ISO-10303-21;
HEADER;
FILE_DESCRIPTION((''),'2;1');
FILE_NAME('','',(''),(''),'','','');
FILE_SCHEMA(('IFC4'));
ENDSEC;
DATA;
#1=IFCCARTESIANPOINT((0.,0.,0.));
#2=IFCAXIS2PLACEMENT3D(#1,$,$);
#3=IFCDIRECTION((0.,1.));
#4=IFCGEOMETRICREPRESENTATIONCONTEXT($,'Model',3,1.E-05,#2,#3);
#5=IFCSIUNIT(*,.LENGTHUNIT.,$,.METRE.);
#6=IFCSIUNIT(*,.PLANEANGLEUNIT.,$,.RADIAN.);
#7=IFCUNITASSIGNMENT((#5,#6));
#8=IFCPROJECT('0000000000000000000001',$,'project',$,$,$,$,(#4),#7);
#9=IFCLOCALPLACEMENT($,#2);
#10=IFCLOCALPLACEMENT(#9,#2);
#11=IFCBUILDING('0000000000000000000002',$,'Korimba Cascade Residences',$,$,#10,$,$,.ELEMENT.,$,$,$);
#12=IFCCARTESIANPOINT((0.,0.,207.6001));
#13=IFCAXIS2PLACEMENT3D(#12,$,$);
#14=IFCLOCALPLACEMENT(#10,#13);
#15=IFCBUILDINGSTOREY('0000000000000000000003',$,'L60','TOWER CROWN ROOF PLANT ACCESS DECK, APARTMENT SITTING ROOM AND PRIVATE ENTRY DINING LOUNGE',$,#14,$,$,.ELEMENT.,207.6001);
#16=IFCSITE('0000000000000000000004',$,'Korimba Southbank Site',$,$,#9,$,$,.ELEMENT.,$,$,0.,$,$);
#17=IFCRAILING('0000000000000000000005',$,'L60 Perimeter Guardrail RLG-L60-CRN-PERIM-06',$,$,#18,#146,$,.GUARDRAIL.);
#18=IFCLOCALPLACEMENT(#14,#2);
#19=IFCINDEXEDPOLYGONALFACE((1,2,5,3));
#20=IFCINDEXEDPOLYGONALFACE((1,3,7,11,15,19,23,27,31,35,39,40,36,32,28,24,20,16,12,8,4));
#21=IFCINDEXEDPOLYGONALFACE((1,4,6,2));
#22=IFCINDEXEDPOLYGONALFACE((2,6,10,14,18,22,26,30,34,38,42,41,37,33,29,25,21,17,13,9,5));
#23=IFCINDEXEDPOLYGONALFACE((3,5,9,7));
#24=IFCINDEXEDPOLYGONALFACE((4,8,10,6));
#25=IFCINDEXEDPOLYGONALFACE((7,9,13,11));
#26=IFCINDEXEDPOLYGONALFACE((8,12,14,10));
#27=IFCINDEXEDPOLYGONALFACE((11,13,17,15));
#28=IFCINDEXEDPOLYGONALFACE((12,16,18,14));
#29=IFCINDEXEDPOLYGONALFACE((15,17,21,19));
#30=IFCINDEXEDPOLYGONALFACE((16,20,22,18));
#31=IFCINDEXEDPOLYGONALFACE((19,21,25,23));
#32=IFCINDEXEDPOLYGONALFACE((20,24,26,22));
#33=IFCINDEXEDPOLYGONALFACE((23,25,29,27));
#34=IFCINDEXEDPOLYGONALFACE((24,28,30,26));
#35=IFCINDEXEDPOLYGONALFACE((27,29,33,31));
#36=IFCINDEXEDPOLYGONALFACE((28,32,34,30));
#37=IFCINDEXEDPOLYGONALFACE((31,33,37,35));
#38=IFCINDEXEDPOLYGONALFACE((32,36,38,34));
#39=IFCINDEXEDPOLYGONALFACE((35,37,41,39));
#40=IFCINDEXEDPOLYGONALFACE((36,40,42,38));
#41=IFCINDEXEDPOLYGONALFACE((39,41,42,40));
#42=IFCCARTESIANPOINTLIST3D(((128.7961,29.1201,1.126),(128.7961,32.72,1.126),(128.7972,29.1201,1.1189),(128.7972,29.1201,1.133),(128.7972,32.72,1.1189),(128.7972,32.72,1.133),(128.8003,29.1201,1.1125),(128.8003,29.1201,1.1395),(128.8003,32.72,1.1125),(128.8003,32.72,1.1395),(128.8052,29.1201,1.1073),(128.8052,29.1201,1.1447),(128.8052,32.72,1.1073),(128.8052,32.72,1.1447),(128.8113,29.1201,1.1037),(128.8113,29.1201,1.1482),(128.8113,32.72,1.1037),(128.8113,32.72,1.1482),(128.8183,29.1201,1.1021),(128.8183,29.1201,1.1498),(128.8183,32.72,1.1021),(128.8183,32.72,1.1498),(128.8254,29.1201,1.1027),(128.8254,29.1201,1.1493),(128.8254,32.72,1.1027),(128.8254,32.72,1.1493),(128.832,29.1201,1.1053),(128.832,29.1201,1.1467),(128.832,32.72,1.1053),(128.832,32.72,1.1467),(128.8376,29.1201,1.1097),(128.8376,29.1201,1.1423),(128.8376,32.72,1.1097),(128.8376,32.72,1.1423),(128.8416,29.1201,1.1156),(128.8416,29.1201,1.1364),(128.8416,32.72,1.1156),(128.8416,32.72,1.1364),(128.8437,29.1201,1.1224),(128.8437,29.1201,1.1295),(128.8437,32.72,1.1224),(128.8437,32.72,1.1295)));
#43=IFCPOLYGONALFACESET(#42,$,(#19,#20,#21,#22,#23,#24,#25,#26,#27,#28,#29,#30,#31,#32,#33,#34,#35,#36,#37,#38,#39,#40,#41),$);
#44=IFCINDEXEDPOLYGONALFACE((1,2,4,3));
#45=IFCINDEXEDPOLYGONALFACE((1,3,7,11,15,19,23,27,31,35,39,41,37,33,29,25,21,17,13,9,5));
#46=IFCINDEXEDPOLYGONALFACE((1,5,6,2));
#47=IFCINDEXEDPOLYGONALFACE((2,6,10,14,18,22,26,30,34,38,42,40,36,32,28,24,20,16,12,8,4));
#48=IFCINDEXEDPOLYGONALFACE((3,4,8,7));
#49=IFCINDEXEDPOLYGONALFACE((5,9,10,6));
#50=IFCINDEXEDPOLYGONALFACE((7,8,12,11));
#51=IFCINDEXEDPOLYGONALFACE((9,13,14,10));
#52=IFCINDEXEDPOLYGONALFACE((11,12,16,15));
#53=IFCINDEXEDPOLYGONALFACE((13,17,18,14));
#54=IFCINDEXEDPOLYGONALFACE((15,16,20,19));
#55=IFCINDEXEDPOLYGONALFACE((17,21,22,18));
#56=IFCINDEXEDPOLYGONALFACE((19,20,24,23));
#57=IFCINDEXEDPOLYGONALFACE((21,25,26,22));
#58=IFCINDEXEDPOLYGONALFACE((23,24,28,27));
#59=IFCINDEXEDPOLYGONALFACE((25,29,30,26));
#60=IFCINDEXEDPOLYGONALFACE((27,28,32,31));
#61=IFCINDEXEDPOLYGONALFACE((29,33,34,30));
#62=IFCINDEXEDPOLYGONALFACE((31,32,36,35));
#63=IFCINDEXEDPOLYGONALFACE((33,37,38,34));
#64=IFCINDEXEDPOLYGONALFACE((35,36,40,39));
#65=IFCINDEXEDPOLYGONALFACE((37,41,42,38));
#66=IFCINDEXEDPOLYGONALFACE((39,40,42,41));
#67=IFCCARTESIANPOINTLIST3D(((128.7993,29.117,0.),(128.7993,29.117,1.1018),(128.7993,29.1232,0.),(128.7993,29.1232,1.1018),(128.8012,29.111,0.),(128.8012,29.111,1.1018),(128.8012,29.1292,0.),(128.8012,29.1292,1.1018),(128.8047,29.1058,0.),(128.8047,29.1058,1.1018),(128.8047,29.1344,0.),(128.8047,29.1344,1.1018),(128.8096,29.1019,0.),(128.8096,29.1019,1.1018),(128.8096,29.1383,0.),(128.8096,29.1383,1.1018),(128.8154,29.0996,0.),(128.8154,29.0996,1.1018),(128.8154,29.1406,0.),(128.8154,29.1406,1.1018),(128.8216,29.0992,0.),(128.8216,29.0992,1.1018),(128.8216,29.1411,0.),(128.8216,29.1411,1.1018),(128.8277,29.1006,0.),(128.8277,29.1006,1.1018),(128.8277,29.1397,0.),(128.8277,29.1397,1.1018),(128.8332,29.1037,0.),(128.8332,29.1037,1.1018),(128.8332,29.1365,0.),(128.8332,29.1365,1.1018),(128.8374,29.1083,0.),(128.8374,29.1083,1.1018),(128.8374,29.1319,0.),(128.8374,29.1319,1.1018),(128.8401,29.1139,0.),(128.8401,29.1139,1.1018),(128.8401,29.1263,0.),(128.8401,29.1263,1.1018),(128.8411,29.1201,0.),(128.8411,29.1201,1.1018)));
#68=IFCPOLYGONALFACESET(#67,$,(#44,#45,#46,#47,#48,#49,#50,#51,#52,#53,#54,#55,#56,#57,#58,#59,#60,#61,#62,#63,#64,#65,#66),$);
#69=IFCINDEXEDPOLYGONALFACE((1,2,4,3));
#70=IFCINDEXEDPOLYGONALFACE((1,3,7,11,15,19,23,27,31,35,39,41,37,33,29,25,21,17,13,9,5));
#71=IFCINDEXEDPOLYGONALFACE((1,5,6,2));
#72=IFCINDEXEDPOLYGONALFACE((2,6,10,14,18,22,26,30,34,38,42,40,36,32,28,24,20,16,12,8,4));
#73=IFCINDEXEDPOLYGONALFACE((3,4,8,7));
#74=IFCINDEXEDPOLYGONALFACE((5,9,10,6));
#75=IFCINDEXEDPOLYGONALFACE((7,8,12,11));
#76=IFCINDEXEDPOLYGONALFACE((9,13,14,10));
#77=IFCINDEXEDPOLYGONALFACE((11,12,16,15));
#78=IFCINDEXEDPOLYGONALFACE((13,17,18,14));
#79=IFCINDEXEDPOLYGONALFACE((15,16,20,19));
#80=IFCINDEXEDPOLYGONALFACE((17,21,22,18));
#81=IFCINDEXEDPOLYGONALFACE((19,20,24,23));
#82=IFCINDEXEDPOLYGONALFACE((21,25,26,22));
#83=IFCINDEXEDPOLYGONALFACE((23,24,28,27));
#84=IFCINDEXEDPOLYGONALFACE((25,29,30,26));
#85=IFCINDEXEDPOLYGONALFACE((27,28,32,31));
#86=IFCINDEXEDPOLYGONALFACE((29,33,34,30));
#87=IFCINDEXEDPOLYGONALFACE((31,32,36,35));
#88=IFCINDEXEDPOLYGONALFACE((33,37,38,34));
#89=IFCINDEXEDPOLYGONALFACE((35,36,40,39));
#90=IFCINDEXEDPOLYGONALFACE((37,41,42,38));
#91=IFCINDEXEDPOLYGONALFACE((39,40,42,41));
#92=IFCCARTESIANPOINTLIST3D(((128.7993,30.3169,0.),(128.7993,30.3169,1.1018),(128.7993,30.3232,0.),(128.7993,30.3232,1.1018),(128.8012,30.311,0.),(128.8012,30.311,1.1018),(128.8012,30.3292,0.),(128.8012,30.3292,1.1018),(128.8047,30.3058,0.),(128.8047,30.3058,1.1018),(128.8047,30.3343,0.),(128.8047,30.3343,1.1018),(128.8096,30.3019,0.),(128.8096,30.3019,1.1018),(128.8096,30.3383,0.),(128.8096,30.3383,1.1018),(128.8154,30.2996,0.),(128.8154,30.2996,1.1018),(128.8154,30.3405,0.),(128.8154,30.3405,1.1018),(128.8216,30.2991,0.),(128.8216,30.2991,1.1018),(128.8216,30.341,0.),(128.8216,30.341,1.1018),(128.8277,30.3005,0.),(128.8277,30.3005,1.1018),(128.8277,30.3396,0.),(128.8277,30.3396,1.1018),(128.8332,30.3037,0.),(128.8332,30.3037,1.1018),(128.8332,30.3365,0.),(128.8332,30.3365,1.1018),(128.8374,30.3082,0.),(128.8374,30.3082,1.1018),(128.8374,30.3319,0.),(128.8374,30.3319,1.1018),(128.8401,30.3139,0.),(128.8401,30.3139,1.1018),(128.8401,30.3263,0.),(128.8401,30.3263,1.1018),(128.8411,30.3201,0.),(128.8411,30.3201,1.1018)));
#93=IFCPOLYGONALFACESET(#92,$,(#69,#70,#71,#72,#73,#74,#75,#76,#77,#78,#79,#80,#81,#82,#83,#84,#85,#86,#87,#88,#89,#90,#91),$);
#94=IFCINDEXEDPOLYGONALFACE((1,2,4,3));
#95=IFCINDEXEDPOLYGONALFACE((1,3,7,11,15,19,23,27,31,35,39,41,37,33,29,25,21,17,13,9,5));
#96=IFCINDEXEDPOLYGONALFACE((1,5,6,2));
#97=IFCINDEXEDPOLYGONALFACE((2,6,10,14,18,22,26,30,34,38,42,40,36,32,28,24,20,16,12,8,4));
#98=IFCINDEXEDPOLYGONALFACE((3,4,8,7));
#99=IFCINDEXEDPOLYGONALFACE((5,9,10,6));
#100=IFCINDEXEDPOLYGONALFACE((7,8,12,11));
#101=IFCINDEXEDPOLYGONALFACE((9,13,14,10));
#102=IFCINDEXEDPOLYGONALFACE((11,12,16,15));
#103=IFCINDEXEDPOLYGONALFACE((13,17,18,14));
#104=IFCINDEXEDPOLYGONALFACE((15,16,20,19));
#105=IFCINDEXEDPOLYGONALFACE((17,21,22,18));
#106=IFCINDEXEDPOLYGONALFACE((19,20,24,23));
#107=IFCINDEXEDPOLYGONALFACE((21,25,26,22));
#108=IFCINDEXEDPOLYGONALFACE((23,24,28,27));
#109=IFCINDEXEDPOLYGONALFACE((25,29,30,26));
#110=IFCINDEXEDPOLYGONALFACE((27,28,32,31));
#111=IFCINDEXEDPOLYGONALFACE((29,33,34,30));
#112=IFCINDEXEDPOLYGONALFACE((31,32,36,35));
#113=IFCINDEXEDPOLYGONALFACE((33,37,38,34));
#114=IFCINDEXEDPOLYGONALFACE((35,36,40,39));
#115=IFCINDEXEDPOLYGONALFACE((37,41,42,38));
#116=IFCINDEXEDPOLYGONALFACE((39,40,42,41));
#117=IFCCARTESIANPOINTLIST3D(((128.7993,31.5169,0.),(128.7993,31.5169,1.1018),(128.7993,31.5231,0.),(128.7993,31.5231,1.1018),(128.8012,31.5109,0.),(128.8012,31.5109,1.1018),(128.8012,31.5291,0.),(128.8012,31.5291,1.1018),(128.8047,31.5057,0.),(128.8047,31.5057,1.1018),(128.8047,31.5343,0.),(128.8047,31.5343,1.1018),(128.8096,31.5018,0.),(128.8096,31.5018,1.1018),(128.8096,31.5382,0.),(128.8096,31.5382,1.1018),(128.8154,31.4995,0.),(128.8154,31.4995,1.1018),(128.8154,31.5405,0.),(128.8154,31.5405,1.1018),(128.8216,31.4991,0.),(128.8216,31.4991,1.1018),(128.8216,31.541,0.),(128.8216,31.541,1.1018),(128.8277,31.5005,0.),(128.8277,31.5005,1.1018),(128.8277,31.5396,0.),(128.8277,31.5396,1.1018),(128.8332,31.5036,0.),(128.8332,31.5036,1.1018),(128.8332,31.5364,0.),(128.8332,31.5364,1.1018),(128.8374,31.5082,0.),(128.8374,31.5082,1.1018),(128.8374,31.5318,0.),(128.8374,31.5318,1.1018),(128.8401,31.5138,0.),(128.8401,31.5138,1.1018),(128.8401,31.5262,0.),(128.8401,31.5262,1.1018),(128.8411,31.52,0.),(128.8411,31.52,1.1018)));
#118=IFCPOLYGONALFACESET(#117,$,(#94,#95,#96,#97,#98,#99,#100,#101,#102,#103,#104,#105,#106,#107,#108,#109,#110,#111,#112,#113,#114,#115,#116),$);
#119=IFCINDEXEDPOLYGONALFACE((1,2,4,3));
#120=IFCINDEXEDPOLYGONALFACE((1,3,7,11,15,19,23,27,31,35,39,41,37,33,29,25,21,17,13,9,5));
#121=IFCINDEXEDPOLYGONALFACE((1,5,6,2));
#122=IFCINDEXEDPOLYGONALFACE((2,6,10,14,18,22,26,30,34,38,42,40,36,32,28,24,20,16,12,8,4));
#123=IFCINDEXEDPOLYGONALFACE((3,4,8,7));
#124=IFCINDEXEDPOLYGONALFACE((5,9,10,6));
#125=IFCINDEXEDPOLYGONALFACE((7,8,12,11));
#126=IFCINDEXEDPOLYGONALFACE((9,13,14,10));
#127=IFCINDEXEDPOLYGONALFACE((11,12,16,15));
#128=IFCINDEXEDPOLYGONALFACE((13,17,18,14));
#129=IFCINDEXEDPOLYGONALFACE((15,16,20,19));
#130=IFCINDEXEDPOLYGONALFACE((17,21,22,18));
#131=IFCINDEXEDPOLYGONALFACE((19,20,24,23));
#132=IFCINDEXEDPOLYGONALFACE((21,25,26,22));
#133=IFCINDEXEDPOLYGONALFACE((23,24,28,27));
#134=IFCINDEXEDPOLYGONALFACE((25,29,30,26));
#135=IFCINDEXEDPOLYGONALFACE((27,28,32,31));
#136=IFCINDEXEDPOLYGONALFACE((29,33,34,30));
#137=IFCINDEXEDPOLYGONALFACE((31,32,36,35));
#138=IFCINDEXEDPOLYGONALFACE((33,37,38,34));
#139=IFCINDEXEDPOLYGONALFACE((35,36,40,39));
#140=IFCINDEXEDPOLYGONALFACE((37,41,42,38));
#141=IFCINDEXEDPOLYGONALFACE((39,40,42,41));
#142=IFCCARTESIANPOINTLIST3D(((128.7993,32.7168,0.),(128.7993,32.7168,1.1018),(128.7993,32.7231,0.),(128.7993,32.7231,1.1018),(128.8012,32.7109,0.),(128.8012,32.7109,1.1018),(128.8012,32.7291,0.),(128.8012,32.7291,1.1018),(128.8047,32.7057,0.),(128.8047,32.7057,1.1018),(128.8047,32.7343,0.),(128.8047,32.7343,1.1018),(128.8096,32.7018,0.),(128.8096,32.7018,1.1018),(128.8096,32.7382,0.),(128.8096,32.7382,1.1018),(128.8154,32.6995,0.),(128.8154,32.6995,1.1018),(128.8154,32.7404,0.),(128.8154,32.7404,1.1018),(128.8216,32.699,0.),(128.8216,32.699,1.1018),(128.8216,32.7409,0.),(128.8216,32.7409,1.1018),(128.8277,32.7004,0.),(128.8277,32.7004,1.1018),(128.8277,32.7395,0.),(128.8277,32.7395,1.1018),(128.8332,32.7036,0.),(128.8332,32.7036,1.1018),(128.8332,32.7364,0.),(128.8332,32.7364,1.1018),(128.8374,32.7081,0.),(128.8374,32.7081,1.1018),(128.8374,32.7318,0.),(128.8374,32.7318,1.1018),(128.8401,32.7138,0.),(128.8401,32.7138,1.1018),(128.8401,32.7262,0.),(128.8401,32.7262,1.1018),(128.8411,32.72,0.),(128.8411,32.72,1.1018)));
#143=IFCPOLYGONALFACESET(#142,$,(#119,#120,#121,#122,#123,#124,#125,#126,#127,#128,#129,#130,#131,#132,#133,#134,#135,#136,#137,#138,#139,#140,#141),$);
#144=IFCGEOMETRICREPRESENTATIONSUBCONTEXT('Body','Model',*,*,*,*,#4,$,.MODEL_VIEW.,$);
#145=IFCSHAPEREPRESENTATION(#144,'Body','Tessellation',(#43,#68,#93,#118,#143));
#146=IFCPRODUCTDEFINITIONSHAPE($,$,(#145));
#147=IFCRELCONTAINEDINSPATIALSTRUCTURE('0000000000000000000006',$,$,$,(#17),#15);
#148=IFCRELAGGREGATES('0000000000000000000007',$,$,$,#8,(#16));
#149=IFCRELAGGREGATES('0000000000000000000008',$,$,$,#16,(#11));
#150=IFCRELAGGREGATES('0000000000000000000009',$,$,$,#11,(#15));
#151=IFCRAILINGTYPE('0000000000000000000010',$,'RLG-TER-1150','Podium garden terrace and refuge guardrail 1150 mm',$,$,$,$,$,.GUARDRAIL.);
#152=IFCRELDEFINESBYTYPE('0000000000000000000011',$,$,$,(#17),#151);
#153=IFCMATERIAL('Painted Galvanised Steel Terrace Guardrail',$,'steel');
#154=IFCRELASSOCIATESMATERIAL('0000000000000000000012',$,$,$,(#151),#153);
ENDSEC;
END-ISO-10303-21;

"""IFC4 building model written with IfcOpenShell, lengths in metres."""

from ifc_helpers import new_model, si_unit, direction, frame, origin, origin_2d, place, context, subcontext, project, spatial, circle, extrude, material, type_object, element, save


model = new_model("IFC4")

# Units and contexts
model_context = context("Model", 3, precision=1e-05, world=origin(), true_north=direction((0.0, 1.0)))
body_context = subcontext(model_context, "Body", "Model", "MODEL_VIEW")
ifc_project = project(units=[si_unit("LENGTHUNIT", "METRE"), si_unit("PLANEANGLEUNIT", "RADIAN")], contexts=[model_context])

# Site, building, storey
site_placement = place(None, origin())
site = spatial("IfcSite", under=ifc_project, at=site_placement, Name="Korimba Southbank Site", CompositionType="ELEMENT", RefElevation=0.0)
building_placement = place(site_placement, origin())
building = spatial("IfcBuilding", under=site, at=building_placement, Name="Korimba Cascade Residences", CompositionType="ELEMENT")
storey_placement = place(building_placement, frame((0.0, 0.0, 207.6001)))
storey = spatial("IfcBuildingStorey", under=building, at=storey_placement, Name="L60", Description="TOWER CROWN ROOF PLANT ACCESS DECK, APARTMENT SITTING ROOM AND PRIVATE ENTRY DINING LOUNGE", CompositionType="ELEMENT", Elevation=207.6001)

# Railing
ifc_material_1 = material(Name="Painted Galvanised Steel Terrace Guardrail", Category="steel")
railing_type = type_object("IfcRailingType", Name="RLG-TER-1150", Description="Podium garden terrace and refuge guardrail 1150 mm", PredefinedType="GUARDRAIL", material=ifc_material_1)
railing_1_placement = place(storey_placement, frame((128.8201, 29.1201, 0.0)))
element("IfcRailing", 1, at=railing_1_placement, inside=storey, type_object=railing_type, Name="L60 Perimeter Guardrail RLG-L60-CRN-PERIM-06", PredefinedType="GUARDRAIL", context=body_context, shape_type="SweptSolid", body=[
    extrude(circle(Radius=0.0239, at=origin_2d()), frame((0.0, 0.0, 1.126), z_axis=(0.0, 1.0, 0.0), x_axis=(-1.0, 0.0, 0.0)), (0.0, 0.0, 1.0), 3.5999),
    extrude(circle(Radius=0.021, at=origin_2d()), origin(), (0.0, 0.0, 1.0), 1.1018),
    extrude(circle(Radius=0.021, at=origin_2d()), frame((0.0, 1.2, 0.0)), (0.0, 0.0, 1.0), 1.1018),
    extrude(circle(Radius=0.021, at=origin_2d()), frame((0.0, 2.3999, 0.0)), (0.0, 0.0, 1.0), 1.1018),
    extrude(circle(Radius=0.021, at=origin_2d()), frame((0.0, 3.5999, 0.0)), (0.0, 0.0, 1.0), 1.1018),
])

save(model, "model.ifc")
